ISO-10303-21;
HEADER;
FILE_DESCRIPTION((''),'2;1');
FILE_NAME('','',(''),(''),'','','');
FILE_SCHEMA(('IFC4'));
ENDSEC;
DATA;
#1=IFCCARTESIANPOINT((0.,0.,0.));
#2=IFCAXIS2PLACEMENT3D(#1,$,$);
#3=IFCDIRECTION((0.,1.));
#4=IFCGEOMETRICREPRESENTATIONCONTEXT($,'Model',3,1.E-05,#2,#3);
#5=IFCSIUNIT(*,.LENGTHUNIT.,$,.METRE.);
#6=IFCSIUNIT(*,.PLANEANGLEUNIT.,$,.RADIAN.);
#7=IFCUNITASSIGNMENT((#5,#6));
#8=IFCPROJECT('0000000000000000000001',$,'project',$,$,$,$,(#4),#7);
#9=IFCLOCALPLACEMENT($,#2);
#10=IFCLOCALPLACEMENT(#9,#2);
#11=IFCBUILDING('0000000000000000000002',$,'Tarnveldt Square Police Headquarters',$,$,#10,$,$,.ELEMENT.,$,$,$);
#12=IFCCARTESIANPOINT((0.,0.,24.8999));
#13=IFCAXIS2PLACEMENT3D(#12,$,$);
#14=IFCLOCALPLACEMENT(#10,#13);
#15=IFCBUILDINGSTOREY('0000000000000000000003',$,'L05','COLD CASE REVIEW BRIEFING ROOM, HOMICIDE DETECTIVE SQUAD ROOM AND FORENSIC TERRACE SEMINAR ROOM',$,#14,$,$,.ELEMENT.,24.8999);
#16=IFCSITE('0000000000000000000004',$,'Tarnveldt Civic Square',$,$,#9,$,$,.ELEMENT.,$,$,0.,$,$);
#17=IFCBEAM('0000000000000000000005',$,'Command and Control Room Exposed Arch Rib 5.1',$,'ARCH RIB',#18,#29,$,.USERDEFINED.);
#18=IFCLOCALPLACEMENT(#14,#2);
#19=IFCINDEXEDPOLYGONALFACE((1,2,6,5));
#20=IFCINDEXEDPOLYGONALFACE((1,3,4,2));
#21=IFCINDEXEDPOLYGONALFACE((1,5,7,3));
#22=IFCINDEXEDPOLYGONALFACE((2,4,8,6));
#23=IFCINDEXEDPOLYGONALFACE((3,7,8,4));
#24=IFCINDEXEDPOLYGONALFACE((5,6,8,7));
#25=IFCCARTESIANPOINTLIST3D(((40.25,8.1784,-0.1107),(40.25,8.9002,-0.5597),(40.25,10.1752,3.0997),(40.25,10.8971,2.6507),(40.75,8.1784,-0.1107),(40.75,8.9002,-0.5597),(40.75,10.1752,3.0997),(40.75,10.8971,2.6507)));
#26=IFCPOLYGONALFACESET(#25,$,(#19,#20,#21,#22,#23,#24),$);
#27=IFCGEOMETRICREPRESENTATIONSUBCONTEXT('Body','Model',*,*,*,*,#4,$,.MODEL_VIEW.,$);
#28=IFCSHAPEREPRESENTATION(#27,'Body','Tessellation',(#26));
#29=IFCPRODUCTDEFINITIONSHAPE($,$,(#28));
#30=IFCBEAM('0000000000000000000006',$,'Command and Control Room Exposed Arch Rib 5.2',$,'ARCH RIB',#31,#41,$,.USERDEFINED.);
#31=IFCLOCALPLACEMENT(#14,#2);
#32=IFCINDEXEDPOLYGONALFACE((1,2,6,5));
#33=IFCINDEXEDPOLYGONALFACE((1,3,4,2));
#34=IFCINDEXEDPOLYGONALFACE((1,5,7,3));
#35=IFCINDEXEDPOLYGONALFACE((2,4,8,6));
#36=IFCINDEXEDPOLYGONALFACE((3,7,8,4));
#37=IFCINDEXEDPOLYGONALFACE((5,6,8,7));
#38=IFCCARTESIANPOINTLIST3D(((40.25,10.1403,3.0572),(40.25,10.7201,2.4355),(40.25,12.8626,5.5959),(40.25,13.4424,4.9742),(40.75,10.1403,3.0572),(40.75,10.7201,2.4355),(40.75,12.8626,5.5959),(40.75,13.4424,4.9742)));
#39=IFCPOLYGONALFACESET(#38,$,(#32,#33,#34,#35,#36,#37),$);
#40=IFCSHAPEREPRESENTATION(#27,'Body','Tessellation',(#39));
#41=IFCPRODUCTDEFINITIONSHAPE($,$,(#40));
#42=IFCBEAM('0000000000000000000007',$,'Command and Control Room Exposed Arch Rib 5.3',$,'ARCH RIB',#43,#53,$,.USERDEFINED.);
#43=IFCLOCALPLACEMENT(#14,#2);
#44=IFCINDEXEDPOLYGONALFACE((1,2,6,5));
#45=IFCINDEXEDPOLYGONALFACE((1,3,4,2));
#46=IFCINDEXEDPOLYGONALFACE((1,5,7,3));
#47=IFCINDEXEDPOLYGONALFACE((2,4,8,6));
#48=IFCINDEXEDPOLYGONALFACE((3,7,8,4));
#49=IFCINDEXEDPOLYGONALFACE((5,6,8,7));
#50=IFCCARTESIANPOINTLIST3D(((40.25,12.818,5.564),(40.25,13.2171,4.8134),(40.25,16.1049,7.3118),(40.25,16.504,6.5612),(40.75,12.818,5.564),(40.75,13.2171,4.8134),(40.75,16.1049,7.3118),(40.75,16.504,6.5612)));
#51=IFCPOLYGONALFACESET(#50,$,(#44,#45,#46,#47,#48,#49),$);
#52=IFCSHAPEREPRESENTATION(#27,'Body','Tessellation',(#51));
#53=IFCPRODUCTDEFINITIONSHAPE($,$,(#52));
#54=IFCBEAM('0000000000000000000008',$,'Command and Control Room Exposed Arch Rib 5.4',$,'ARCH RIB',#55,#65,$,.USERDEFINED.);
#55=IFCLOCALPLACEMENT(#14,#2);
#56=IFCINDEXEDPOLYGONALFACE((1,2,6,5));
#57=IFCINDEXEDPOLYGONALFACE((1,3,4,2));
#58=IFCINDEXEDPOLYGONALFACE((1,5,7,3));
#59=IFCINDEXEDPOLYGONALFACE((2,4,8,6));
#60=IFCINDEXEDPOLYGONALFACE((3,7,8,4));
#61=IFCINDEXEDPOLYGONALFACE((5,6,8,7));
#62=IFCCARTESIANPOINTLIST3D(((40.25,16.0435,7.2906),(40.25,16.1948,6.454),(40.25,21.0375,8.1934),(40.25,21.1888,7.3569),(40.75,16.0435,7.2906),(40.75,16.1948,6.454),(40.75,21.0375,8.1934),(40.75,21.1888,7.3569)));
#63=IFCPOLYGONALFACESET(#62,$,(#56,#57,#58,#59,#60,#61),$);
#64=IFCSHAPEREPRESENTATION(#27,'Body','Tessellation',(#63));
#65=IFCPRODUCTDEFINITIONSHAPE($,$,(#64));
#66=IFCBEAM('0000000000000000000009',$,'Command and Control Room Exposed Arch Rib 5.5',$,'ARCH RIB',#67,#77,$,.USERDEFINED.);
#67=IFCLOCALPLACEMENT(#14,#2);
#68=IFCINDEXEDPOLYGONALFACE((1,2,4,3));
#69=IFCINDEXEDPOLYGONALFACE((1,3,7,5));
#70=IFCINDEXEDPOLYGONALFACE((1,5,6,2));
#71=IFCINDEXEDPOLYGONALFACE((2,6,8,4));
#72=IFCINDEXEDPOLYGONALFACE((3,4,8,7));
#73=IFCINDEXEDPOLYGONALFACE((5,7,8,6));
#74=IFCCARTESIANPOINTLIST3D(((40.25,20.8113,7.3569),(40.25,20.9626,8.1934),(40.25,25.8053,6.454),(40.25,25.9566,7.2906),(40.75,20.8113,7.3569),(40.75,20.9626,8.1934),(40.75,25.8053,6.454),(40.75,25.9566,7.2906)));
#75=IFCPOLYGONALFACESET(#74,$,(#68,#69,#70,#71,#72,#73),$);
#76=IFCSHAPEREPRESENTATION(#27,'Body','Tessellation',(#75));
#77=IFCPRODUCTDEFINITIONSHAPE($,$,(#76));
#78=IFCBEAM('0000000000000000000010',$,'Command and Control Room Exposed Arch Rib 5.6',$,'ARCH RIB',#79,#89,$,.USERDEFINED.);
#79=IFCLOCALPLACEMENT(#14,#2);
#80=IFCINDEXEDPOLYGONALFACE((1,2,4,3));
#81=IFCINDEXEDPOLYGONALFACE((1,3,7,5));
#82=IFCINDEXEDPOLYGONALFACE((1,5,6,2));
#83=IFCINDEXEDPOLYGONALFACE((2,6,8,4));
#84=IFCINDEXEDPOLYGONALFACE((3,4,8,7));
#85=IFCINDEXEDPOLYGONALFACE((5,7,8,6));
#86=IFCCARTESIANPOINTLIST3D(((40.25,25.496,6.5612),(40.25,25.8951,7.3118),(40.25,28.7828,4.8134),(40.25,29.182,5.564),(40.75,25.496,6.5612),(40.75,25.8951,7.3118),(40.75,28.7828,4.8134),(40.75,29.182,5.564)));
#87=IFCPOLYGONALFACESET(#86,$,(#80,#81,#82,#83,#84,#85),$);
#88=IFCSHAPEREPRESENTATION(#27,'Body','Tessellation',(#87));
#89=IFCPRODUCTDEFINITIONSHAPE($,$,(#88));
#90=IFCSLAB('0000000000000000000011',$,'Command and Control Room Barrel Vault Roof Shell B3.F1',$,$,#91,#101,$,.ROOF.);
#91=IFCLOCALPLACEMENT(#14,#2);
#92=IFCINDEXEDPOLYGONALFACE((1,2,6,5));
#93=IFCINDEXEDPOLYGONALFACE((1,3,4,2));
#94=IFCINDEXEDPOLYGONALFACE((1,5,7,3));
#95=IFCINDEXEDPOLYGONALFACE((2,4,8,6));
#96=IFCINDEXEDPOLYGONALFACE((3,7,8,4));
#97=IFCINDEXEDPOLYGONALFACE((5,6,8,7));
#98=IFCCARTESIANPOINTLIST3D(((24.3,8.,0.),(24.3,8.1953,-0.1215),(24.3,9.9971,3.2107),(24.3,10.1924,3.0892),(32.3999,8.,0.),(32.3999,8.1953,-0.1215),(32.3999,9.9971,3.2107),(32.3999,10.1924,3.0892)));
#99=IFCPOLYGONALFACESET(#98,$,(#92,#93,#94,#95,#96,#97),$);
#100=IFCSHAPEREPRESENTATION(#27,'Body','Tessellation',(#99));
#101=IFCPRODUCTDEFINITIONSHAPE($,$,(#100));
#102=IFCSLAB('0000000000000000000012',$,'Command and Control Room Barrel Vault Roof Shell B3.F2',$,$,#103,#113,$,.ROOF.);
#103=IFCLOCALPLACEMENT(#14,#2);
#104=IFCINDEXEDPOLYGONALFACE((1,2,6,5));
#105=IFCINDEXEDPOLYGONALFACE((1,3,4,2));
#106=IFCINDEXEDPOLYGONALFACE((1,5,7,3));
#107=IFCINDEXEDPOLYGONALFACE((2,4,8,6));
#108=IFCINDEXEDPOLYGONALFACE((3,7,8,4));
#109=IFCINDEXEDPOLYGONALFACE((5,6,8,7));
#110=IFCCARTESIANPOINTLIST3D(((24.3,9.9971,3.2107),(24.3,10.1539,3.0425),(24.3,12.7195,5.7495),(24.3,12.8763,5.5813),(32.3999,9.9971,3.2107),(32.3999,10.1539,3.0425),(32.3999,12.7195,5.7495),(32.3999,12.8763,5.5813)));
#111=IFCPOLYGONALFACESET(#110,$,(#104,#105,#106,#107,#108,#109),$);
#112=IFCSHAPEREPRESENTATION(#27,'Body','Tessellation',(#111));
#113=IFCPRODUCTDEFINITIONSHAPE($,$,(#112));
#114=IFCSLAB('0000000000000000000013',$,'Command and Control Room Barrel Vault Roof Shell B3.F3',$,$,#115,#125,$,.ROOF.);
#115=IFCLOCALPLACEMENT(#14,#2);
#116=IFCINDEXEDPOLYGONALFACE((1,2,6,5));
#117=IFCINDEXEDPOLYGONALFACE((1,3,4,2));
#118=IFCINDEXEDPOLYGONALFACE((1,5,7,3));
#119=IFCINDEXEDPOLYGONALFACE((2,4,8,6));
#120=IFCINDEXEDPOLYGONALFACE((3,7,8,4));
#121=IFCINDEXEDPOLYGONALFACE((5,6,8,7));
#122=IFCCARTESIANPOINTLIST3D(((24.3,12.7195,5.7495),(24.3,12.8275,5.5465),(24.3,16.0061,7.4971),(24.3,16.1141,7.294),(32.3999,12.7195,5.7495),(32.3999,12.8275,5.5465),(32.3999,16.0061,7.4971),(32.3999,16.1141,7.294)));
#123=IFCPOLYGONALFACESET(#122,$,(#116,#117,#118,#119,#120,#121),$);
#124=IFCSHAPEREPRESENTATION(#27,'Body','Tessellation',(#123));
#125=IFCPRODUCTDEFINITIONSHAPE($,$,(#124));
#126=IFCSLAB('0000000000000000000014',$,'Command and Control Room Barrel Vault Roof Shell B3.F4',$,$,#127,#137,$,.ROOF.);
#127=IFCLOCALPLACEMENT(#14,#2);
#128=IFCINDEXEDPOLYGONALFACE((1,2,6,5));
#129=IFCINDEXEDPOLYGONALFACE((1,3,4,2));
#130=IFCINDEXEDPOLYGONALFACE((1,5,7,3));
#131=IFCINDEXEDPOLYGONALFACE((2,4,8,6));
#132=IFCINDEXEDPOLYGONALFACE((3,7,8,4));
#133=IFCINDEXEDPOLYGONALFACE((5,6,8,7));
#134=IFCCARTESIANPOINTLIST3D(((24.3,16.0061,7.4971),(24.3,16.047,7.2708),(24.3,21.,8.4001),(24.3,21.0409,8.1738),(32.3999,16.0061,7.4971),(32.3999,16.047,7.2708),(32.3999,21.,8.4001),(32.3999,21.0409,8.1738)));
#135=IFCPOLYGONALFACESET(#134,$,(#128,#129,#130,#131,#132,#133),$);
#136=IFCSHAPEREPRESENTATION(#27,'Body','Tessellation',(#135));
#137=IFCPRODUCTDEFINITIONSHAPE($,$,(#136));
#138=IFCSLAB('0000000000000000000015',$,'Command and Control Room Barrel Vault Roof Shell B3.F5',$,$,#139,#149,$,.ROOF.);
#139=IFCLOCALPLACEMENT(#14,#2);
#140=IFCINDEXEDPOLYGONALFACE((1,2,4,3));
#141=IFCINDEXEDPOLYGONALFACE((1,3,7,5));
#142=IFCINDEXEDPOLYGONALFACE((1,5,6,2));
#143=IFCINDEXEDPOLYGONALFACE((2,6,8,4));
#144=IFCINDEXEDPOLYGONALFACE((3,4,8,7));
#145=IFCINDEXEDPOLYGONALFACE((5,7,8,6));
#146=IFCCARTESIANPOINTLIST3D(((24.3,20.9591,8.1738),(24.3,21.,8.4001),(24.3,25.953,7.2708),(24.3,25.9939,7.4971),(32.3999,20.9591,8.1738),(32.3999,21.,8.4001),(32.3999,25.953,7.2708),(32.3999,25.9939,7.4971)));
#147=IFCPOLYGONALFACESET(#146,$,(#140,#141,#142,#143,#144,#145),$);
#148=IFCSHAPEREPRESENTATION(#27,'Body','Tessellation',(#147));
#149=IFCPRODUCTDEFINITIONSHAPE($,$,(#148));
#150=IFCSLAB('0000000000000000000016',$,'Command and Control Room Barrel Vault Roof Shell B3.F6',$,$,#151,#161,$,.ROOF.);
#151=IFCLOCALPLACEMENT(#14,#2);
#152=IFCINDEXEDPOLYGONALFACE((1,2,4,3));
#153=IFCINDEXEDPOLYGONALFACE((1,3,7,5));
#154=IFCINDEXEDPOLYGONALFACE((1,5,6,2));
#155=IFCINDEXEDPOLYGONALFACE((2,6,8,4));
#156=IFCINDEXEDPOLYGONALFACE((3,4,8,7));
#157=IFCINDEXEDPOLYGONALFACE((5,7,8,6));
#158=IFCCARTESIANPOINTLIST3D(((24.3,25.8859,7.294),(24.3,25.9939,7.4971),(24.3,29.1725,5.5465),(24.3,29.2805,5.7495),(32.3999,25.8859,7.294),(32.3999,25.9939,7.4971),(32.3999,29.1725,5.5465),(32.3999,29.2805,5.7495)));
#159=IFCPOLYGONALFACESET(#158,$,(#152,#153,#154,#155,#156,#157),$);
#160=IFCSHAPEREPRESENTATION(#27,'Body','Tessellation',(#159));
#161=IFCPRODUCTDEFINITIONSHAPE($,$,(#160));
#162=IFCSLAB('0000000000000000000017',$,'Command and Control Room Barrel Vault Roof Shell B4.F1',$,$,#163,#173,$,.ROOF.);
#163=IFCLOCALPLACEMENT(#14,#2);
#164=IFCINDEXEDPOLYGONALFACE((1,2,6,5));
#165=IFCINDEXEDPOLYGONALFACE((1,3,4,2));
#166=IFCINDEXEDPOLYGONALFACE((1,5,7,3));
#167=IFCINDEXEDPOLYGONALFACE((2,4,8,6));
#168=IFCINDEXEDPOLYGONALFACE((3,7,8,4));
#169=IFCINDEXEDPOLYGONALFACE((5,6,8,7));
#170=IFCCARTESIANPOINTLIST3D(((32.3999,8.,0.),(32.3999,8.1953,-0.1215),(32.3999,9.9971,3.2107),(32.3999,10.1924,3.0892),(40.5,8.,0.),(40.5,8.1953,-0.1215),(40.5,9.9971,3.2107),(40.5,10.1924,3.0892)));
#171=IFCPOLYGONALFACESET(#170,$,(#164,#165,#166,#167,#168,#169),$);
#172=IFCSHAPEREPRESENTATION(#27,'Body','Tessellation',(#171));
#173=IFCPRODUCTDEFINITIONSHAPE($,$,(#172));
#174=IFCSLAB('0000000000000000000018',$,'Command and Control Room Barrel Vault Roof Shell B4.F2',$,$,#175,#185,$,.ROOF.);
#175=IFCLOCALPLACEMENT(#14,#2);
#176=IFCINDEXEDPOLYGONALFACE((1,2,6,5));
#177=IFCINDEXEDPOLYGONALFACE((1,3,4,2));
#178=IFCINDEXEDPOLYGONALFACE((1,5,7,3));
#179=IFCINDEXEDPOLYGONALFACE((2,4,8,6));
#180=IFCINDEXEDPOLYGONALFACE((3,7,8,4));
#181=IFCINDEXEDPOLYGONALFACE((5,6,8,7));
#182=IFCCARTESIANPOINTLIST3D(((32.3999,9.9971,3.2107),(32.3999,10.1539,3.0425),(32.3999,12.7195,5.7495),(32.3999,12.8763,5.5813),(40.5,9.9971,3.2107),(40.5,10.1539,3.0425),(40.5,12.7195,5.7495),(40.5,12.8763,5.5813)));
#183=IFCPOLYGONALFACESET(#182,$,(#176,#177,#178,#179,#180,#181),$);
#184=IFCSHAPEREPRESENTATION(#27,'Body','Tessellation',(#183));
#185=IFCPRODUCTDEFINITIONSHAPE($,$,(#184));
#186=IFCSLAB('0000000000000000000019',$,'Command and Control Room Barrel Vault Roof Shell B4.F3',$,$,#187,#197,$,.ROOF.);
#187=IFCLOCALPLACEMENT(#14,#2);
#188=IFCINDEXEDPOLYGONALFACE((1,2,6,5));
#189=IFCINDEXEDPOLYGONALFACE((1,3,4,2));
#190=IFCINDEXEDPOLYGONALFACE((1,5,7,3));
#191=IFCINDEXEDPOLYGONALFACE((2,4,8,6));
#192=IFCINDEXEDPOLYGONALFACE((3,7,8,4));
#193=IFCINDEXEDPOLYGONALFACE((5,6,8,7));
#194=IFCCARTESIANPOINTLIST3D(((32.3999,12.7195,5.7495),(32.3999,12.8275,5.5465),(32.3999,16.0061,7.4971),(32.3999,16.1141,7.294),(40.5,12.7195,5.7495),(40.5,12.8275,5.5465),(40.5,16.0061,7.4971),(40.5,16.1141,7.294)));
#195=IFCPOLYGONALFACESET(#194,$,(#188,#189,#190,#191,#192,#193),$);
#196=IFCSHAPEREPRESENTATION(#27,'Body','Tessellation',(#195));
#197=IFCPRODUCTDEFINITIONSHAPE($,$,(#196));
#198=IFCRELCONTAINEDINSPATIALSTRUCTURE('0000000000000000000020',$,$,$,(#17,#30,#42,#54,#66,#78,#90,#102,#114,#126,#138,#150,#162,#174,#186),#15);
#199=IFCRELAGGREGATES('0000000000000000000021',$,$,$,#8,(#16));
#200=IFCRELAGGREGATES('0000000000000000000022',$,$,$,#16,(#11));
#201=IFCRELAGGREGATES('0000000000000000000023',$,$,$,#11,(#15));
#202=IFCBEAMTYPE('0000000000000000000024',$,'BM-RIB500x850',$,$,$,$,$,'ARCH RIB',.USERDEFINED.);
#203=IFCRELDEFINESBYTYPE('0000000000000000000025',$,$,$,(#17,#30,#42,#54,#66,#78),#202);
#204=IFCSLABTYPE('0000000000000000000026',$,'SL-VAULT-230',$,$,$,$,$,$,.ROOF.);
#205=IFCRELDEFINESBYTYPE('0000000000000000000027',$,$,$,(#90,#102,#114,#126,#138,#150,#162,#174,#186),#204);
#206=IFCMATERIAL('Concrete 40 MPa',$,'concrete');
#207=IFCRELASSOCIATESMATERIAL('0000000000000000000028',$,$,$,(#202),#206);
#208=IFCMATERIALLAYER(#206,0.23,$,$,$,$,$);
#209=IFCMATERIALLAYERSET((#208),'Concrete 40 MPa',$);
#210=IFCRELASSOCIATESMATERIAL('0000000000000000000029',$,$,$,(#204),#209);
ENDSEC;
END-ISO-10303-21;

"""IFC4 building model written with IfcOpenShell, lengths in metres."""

from ifc_helpers import new_model, si_unit, direction, frame, origin, origin_2d, place, context, subcontext, project, spatial, polyline, rectangle, outline, extrude, material, layer, layer_set, material_profile, profile_set, type_object, element, save


model = new_model("IFC4")

# Units and contexts
model_context = context("Model", 3, precision=1e-05, world=origin(), true_north=direction((0.0, 1.0)))
body_context = subcontext(model_context, "Body", "Model", "MODEL_VIEW")
ifc_project = project(units=[si_unit("LENGTHUNIT", "METRE"), si_unit("PLANEANGLEUNIT", "RADIAN")], contexts=[model_context])

# Site, building, storey
site_placement = place(None, origin())
site = spatial("IfcSite", under=ifc_project, at=site_placement, Name="Tarnveldt Civic Square", CompositionType="ELEMENT", RefElevation=0.0)
building_placement = place(site_placement, origin())
building = spatial("IfcBuilding", under=site, at=building_placement, Name="Tarnveldt Square Police Headquarters", CompositionType="ELEMENT")
storey_placement = place(building_placement, frame((0.0, 0.0, 24.8999)))
storey = spatial("IfcBuildingStorey", under=building, at=storey_placement, Name="L05", Description="COLD CASE REVIEW BRIEFING ROOM, HOMICIDE DETECTIVE SQUAD ROOM AND FORENSIC TERRACE SEMINAR ROOM", CompositionType="ELEMENT", Elevation=24.8999)

# Beams
ifc_material = material(Name="Concrete 40 MPa", Category="concrete")
ifc_material_profile_1 = material_profile(ifc_material, rectangle(XDim=0.5, YDim=0.8501, at=origin_2d()), Name="RC-RIB500x850")
ifc_profile_set_1 = profile_set([ifc_material_profile_1], Name="Concrete 40 MPa")
beam_type_1 = type_object("IfcBeamType", Name="BM-RIB500x850", ElementType="ARCH RIB", PredefinedType="USERDEFINED", material=ifc_profile_set_1)
beam_1_placement = place(storey_placement, frame((40.5, 8.5393, -0.3352), z_axis=(0.0, 0.528152, 0.84915), x_axis=(-1.0, 0.0, 0.0)))
element("IfcBeam", 1, at=beam_1_placement, inside=storey, type_object=beam_type_1, Name="Command and Control Room Exposed Arch Rib 5.1", ObjectType="ARCH RIB", PredefinedType="USERDEFINED", context=body_context, shape_type="SweptSolid", body=[
    extrude(rectangle(XDim=0.5, YDim=0.8501, at=origin_2d()), origin(), (0.0, 0.0, 1.0), 3.7808),
])
beam_2_placement = place(storey_placement, frame((40.5, 10.4302, 2.7463), z_axis=(0.0, 0.731337, 0.682017), x_axis=(-1.0, 0.0, 0.0)))
element("IfcBeam", 2, at=beam_2_placement, inside=storey, type_object=beam_type_1, Name="Command and Control Room Exposed Arch Rib 5.2", ObjectType="ARCH RIB", PredefinedType="USERDEFINED", context=body_context, shape_type="SweptSolid", body=[
    extrude(rectangle(XDim=0.5, YDim=0.8501, at=origin_2d()), origin(), (0.0, 0.0, 1.0), 3.7224),
])
beam_3_placement = place(storey_placement, frame((40.5, 13.0176, 5.1887), z_axis=(0.0, 0.882931, 0.469502), x_axis=(-1.0, 0.0, 0.0)))
element("IfcBeam", 3, at=beam_3_placement, inside=storey, type_object=beam_type_1, Name="Command and Control Room Exposed Arch Rib 5.3", ObjectType="ARCH RIB", PredefinedType="USERDEFINED", context=body_context, shape_type="SweptSolid", body=[
    extrude(rectangle(XDim=0.5, YDim=0.8501, at=origin_2d()), origin(), (0.0, 0.0, 1.0), 3.7227),
])
for number, where, z_axis, x_axis, name in (
    (4, (40.5, 16.1191, 6.8723), (0.0, 0.984048, 0.177903), (-1.0, 0.0, 0.0), "Command and Control Room Exposed Arch Rib 5.4"),
    (5, (40.5, 20.887, 7.7751), (0.0, 0.984048, -0.177903), (-1.0, 0.0, 0.0), "Command and Control Room Exposed Arch Rib 5.5"),
):
    element("IfcBeam", number, at=place(storey_placement, frame(where, z_axis=z_axis, x_axis=x_axis)), inside=storey, type_object=beam_type_1, Name=name, ObjectType="ARCH RIB", PredefinedType="USERDEFINED", context=body_context, shape_type="SweptSolid", body=[
        extrude(rectangle(XDim=0.5, YDim=0.8501, at=origin_2d()), origin(), (0.0, 0.0, 1.0), 5.075),
    ])
beam_4_placement = place(storey_placement, frame((40.5, 25.6956, 6.9365), z_axis=(0.0, 0.882931, -0.469502), x_axis=(-1.0, 0.0, 0.0)))
element("IfcBeam", 6, at=beam_4_placement, inside=storey, type_object=beam_type_1, Name="Command and Control Room Exposed Arch Rib 5.6", ObjectType="ARCH RIB", PredefinedType="USERDEFINED", context=body_context, shape_type="SweptSolid", body=[
    extrude(rectangle(XDim=0.5, YDim=0.8501, at=origin_2d()), origin(), (0.0, 0.0, 1.0), 3.7227),
])

# Slabs
ifc_layer = layer(ifc_material, 0.23)
ifc_layer_set = layer_set([ifc_layer], Name="Concrete 40 MPa")
slab_type = type_object("IfcSlabType", Name="SL-VAULT-230", PredefinedType="ROOF", material=ifc_layer_set)
slab_1_placement = place(storey_placement, frame((24.3, 8.0, 0.0), z_axis=(0.0, -0.849139, 0.528169), x_axis=(1.0, 0.0, 0.0)))
element("IfcSlab", 7, at=slab_1_placement, inside=storey, type_object=slab_type, Name="Command and Control Room Barrel Vault Roof Shell B3.F1", PredefinedType="ROOF", context=body_context, shape_type="SweptSolid", body=[
    extrude(outline(polyline([(0.0, 0.0), (8.0999, 0.0), (8.0999, 3.7811), (0.0, 3.7811), (0.0, 0.0)])), origin(), (0.0, 0.0, -1.0), 0.23),
])
slab_2_placement = place(storey_placement, frame((24.3, 9.9971, 3.2107), z_axis=(0.0, -0.682017, 0.731337), x_axis=(1.0, 0.0, 0.0)))
element("IfcSlab", 8, at=slab_2_placement, inside=storey, type_object=slab_type, Name="Command and Control Room Barrel Vault Roof Shell B3.F2", PredefinedType="ROOF", context=body_context, shape_type="SweptSolid", body=[
    extrude(outline(polyline([(0.0, 0.0), (8.0999, 0.0), (8.0999, 3.7225), (0.0, 3.7225), (0.0, 0.0)])), origin(), (0.0, 0.0, -1.0), 0.23),
])
slab_3_placement = place(storey_placement, frame((24.3, 12.7195, 5.7495), z_axis=(0.0, -0.469478, 0.882944), x_axis=(1.0, 0.0, 0.0)))
element("IfcSlab", 9, at=slab_3_placement, inside=storey, type_object=slab_type, Name="Command and Control Room Barrel Vault Roof Shell B3.F3", PredefinedType="ROOF", context=body_context, shape_type="SweptSolid", body=[
    extrude(outline(polyline([(0.0, 0.0), (8.0999, 0.0), (8.0999, 3.7223), (0.0, 3.7223), (0.0, 0.0)])), origin(), (0.0, 0.0, -1.0), 0.23),
])
for number, where, z_axis, x_axis, name in (
    (10, (24.3, 16.0061, 7.4971), (0.0, -0.17795, 0.98404), (1.0, 0.0, 0.0), "Command and Control Room Barrel Vault Roof Shell B3.F4"),
    (11, (24.3, 21.0, 8.4001), (0.0, 0.17795, 0.98404), (1.0, 0.0, 0.0), "Command and Control Room Barrel Vault Roof Shell B3.F5"),
):
    element("IfcSlab", number, at=place(storey_placement, frame(where, z_axis=z_axis, x_axis=x_axis)), inside=storey, type_object=slab_type, Name=name, PredefinedType="ROOF", context=body_context, shape_type="SweptSolid", body=[
        extrude(outline(polyline([(0.0, 0.0), (8.0999, 0.0), (8.0999, 5.0749), (0.0, 5.0749), (0.0, 0.0)])), origin(), (0.0, 0.0, -1.0), 0.23),
    ])
slab_4_placement = place(storey_placement, frame((24.3, 25.9939, 7.4971), z_axis=(0.0, 0.469478, 0.882944), x_axis=(1.0, 0.0, 0.0)))
element("IfcSlab", 12, at=slab_4_placement, inside=storey, type_object=slab_type, Name="Command and Control Room Barrel Vault Roof Shell B3.F6", PredefinedType="ROOF", context=body_context, shape_type="SweptSolid", body=[
    extrude(outline(polyline([(0.0, 0.0), (8.0999, 0.0), (8.0999, 3.7223), (0.0, 3.7223), (0.0, 0.0)])), origin(), (0.0, 0.0, -1.0), 0.23),
])
slab_5_placement = place(storey_placement, frame((32.3999, 8.0, 0.0), z_axis=(0.0, -0.849139, 0.528169), x_axis=(1.0, 0.0, 0.0)))
element("IfcSlab", 13, at=slab_5_placement, inside=storey, type_object=slab_type, Name="Command and Control Room Barrel Vault Roof Shell B4.F1", PredefinedType="ROOF", context=body_context, shape_type="SweptSolid", body=[
    extrude(outline(polyline([(0.0, 0.0), (8.1001, 0.0), (8.1001, 3.7811), (0.0, 3.7811), (0.0, 0.0)])), origin(), (0.0, 0.0, -1.0), 0.23),
])
slab_6_placement = place(storey_placement, frame((32.3999, 9.9971, 3.2107), z_axis=(0.0, -0.682017, 0.731337), x_axis=(1.0, 0.0, 0.0)))
element("IfcSlab", 14, at=slab_6_placement, inside=storey, type_object=slab_type, Name="Command and Control Room Barrel Vault Roof Shell B4.F2", PredefinedType="ROOF", context=body_context, shape_type="SweptSolid", body=[
    extrude(outline(polyline([(0.0, 0.0), (8.1001, 0.0), (8.1001, 3.7225), (0.0, 3.7225), (0.0, 0.0)])), origin(), (0.0, 0.0, -1.0), 0.23),
])
slab_7_placement = place(storey_placement, frame((32.3999, 12.7195, 5.7495), z_axis=(0.0, -0.469478, 0.882944), x_axis=(1.0, 0.0, 0.0)))
element("IfcSlab", 15, at=slab_7_placement, inside=storey, type_object=slab_type, Name="Command and Control Room Barrel Vault Roof Shell B4.F3", PredefinedType="ROOF", context=body_context, shape_type="SweptSolid", body=[
    extrude(outline(polyline([(0.0, 0.0), (8.1001, 0.0), (8.1001, 3.7223), (0.0, 3.7223), (0.0, 0.0)])), origin(), (0.0, 0.0, -1.0), 0.23),
])

save(model, "model.ifc")
